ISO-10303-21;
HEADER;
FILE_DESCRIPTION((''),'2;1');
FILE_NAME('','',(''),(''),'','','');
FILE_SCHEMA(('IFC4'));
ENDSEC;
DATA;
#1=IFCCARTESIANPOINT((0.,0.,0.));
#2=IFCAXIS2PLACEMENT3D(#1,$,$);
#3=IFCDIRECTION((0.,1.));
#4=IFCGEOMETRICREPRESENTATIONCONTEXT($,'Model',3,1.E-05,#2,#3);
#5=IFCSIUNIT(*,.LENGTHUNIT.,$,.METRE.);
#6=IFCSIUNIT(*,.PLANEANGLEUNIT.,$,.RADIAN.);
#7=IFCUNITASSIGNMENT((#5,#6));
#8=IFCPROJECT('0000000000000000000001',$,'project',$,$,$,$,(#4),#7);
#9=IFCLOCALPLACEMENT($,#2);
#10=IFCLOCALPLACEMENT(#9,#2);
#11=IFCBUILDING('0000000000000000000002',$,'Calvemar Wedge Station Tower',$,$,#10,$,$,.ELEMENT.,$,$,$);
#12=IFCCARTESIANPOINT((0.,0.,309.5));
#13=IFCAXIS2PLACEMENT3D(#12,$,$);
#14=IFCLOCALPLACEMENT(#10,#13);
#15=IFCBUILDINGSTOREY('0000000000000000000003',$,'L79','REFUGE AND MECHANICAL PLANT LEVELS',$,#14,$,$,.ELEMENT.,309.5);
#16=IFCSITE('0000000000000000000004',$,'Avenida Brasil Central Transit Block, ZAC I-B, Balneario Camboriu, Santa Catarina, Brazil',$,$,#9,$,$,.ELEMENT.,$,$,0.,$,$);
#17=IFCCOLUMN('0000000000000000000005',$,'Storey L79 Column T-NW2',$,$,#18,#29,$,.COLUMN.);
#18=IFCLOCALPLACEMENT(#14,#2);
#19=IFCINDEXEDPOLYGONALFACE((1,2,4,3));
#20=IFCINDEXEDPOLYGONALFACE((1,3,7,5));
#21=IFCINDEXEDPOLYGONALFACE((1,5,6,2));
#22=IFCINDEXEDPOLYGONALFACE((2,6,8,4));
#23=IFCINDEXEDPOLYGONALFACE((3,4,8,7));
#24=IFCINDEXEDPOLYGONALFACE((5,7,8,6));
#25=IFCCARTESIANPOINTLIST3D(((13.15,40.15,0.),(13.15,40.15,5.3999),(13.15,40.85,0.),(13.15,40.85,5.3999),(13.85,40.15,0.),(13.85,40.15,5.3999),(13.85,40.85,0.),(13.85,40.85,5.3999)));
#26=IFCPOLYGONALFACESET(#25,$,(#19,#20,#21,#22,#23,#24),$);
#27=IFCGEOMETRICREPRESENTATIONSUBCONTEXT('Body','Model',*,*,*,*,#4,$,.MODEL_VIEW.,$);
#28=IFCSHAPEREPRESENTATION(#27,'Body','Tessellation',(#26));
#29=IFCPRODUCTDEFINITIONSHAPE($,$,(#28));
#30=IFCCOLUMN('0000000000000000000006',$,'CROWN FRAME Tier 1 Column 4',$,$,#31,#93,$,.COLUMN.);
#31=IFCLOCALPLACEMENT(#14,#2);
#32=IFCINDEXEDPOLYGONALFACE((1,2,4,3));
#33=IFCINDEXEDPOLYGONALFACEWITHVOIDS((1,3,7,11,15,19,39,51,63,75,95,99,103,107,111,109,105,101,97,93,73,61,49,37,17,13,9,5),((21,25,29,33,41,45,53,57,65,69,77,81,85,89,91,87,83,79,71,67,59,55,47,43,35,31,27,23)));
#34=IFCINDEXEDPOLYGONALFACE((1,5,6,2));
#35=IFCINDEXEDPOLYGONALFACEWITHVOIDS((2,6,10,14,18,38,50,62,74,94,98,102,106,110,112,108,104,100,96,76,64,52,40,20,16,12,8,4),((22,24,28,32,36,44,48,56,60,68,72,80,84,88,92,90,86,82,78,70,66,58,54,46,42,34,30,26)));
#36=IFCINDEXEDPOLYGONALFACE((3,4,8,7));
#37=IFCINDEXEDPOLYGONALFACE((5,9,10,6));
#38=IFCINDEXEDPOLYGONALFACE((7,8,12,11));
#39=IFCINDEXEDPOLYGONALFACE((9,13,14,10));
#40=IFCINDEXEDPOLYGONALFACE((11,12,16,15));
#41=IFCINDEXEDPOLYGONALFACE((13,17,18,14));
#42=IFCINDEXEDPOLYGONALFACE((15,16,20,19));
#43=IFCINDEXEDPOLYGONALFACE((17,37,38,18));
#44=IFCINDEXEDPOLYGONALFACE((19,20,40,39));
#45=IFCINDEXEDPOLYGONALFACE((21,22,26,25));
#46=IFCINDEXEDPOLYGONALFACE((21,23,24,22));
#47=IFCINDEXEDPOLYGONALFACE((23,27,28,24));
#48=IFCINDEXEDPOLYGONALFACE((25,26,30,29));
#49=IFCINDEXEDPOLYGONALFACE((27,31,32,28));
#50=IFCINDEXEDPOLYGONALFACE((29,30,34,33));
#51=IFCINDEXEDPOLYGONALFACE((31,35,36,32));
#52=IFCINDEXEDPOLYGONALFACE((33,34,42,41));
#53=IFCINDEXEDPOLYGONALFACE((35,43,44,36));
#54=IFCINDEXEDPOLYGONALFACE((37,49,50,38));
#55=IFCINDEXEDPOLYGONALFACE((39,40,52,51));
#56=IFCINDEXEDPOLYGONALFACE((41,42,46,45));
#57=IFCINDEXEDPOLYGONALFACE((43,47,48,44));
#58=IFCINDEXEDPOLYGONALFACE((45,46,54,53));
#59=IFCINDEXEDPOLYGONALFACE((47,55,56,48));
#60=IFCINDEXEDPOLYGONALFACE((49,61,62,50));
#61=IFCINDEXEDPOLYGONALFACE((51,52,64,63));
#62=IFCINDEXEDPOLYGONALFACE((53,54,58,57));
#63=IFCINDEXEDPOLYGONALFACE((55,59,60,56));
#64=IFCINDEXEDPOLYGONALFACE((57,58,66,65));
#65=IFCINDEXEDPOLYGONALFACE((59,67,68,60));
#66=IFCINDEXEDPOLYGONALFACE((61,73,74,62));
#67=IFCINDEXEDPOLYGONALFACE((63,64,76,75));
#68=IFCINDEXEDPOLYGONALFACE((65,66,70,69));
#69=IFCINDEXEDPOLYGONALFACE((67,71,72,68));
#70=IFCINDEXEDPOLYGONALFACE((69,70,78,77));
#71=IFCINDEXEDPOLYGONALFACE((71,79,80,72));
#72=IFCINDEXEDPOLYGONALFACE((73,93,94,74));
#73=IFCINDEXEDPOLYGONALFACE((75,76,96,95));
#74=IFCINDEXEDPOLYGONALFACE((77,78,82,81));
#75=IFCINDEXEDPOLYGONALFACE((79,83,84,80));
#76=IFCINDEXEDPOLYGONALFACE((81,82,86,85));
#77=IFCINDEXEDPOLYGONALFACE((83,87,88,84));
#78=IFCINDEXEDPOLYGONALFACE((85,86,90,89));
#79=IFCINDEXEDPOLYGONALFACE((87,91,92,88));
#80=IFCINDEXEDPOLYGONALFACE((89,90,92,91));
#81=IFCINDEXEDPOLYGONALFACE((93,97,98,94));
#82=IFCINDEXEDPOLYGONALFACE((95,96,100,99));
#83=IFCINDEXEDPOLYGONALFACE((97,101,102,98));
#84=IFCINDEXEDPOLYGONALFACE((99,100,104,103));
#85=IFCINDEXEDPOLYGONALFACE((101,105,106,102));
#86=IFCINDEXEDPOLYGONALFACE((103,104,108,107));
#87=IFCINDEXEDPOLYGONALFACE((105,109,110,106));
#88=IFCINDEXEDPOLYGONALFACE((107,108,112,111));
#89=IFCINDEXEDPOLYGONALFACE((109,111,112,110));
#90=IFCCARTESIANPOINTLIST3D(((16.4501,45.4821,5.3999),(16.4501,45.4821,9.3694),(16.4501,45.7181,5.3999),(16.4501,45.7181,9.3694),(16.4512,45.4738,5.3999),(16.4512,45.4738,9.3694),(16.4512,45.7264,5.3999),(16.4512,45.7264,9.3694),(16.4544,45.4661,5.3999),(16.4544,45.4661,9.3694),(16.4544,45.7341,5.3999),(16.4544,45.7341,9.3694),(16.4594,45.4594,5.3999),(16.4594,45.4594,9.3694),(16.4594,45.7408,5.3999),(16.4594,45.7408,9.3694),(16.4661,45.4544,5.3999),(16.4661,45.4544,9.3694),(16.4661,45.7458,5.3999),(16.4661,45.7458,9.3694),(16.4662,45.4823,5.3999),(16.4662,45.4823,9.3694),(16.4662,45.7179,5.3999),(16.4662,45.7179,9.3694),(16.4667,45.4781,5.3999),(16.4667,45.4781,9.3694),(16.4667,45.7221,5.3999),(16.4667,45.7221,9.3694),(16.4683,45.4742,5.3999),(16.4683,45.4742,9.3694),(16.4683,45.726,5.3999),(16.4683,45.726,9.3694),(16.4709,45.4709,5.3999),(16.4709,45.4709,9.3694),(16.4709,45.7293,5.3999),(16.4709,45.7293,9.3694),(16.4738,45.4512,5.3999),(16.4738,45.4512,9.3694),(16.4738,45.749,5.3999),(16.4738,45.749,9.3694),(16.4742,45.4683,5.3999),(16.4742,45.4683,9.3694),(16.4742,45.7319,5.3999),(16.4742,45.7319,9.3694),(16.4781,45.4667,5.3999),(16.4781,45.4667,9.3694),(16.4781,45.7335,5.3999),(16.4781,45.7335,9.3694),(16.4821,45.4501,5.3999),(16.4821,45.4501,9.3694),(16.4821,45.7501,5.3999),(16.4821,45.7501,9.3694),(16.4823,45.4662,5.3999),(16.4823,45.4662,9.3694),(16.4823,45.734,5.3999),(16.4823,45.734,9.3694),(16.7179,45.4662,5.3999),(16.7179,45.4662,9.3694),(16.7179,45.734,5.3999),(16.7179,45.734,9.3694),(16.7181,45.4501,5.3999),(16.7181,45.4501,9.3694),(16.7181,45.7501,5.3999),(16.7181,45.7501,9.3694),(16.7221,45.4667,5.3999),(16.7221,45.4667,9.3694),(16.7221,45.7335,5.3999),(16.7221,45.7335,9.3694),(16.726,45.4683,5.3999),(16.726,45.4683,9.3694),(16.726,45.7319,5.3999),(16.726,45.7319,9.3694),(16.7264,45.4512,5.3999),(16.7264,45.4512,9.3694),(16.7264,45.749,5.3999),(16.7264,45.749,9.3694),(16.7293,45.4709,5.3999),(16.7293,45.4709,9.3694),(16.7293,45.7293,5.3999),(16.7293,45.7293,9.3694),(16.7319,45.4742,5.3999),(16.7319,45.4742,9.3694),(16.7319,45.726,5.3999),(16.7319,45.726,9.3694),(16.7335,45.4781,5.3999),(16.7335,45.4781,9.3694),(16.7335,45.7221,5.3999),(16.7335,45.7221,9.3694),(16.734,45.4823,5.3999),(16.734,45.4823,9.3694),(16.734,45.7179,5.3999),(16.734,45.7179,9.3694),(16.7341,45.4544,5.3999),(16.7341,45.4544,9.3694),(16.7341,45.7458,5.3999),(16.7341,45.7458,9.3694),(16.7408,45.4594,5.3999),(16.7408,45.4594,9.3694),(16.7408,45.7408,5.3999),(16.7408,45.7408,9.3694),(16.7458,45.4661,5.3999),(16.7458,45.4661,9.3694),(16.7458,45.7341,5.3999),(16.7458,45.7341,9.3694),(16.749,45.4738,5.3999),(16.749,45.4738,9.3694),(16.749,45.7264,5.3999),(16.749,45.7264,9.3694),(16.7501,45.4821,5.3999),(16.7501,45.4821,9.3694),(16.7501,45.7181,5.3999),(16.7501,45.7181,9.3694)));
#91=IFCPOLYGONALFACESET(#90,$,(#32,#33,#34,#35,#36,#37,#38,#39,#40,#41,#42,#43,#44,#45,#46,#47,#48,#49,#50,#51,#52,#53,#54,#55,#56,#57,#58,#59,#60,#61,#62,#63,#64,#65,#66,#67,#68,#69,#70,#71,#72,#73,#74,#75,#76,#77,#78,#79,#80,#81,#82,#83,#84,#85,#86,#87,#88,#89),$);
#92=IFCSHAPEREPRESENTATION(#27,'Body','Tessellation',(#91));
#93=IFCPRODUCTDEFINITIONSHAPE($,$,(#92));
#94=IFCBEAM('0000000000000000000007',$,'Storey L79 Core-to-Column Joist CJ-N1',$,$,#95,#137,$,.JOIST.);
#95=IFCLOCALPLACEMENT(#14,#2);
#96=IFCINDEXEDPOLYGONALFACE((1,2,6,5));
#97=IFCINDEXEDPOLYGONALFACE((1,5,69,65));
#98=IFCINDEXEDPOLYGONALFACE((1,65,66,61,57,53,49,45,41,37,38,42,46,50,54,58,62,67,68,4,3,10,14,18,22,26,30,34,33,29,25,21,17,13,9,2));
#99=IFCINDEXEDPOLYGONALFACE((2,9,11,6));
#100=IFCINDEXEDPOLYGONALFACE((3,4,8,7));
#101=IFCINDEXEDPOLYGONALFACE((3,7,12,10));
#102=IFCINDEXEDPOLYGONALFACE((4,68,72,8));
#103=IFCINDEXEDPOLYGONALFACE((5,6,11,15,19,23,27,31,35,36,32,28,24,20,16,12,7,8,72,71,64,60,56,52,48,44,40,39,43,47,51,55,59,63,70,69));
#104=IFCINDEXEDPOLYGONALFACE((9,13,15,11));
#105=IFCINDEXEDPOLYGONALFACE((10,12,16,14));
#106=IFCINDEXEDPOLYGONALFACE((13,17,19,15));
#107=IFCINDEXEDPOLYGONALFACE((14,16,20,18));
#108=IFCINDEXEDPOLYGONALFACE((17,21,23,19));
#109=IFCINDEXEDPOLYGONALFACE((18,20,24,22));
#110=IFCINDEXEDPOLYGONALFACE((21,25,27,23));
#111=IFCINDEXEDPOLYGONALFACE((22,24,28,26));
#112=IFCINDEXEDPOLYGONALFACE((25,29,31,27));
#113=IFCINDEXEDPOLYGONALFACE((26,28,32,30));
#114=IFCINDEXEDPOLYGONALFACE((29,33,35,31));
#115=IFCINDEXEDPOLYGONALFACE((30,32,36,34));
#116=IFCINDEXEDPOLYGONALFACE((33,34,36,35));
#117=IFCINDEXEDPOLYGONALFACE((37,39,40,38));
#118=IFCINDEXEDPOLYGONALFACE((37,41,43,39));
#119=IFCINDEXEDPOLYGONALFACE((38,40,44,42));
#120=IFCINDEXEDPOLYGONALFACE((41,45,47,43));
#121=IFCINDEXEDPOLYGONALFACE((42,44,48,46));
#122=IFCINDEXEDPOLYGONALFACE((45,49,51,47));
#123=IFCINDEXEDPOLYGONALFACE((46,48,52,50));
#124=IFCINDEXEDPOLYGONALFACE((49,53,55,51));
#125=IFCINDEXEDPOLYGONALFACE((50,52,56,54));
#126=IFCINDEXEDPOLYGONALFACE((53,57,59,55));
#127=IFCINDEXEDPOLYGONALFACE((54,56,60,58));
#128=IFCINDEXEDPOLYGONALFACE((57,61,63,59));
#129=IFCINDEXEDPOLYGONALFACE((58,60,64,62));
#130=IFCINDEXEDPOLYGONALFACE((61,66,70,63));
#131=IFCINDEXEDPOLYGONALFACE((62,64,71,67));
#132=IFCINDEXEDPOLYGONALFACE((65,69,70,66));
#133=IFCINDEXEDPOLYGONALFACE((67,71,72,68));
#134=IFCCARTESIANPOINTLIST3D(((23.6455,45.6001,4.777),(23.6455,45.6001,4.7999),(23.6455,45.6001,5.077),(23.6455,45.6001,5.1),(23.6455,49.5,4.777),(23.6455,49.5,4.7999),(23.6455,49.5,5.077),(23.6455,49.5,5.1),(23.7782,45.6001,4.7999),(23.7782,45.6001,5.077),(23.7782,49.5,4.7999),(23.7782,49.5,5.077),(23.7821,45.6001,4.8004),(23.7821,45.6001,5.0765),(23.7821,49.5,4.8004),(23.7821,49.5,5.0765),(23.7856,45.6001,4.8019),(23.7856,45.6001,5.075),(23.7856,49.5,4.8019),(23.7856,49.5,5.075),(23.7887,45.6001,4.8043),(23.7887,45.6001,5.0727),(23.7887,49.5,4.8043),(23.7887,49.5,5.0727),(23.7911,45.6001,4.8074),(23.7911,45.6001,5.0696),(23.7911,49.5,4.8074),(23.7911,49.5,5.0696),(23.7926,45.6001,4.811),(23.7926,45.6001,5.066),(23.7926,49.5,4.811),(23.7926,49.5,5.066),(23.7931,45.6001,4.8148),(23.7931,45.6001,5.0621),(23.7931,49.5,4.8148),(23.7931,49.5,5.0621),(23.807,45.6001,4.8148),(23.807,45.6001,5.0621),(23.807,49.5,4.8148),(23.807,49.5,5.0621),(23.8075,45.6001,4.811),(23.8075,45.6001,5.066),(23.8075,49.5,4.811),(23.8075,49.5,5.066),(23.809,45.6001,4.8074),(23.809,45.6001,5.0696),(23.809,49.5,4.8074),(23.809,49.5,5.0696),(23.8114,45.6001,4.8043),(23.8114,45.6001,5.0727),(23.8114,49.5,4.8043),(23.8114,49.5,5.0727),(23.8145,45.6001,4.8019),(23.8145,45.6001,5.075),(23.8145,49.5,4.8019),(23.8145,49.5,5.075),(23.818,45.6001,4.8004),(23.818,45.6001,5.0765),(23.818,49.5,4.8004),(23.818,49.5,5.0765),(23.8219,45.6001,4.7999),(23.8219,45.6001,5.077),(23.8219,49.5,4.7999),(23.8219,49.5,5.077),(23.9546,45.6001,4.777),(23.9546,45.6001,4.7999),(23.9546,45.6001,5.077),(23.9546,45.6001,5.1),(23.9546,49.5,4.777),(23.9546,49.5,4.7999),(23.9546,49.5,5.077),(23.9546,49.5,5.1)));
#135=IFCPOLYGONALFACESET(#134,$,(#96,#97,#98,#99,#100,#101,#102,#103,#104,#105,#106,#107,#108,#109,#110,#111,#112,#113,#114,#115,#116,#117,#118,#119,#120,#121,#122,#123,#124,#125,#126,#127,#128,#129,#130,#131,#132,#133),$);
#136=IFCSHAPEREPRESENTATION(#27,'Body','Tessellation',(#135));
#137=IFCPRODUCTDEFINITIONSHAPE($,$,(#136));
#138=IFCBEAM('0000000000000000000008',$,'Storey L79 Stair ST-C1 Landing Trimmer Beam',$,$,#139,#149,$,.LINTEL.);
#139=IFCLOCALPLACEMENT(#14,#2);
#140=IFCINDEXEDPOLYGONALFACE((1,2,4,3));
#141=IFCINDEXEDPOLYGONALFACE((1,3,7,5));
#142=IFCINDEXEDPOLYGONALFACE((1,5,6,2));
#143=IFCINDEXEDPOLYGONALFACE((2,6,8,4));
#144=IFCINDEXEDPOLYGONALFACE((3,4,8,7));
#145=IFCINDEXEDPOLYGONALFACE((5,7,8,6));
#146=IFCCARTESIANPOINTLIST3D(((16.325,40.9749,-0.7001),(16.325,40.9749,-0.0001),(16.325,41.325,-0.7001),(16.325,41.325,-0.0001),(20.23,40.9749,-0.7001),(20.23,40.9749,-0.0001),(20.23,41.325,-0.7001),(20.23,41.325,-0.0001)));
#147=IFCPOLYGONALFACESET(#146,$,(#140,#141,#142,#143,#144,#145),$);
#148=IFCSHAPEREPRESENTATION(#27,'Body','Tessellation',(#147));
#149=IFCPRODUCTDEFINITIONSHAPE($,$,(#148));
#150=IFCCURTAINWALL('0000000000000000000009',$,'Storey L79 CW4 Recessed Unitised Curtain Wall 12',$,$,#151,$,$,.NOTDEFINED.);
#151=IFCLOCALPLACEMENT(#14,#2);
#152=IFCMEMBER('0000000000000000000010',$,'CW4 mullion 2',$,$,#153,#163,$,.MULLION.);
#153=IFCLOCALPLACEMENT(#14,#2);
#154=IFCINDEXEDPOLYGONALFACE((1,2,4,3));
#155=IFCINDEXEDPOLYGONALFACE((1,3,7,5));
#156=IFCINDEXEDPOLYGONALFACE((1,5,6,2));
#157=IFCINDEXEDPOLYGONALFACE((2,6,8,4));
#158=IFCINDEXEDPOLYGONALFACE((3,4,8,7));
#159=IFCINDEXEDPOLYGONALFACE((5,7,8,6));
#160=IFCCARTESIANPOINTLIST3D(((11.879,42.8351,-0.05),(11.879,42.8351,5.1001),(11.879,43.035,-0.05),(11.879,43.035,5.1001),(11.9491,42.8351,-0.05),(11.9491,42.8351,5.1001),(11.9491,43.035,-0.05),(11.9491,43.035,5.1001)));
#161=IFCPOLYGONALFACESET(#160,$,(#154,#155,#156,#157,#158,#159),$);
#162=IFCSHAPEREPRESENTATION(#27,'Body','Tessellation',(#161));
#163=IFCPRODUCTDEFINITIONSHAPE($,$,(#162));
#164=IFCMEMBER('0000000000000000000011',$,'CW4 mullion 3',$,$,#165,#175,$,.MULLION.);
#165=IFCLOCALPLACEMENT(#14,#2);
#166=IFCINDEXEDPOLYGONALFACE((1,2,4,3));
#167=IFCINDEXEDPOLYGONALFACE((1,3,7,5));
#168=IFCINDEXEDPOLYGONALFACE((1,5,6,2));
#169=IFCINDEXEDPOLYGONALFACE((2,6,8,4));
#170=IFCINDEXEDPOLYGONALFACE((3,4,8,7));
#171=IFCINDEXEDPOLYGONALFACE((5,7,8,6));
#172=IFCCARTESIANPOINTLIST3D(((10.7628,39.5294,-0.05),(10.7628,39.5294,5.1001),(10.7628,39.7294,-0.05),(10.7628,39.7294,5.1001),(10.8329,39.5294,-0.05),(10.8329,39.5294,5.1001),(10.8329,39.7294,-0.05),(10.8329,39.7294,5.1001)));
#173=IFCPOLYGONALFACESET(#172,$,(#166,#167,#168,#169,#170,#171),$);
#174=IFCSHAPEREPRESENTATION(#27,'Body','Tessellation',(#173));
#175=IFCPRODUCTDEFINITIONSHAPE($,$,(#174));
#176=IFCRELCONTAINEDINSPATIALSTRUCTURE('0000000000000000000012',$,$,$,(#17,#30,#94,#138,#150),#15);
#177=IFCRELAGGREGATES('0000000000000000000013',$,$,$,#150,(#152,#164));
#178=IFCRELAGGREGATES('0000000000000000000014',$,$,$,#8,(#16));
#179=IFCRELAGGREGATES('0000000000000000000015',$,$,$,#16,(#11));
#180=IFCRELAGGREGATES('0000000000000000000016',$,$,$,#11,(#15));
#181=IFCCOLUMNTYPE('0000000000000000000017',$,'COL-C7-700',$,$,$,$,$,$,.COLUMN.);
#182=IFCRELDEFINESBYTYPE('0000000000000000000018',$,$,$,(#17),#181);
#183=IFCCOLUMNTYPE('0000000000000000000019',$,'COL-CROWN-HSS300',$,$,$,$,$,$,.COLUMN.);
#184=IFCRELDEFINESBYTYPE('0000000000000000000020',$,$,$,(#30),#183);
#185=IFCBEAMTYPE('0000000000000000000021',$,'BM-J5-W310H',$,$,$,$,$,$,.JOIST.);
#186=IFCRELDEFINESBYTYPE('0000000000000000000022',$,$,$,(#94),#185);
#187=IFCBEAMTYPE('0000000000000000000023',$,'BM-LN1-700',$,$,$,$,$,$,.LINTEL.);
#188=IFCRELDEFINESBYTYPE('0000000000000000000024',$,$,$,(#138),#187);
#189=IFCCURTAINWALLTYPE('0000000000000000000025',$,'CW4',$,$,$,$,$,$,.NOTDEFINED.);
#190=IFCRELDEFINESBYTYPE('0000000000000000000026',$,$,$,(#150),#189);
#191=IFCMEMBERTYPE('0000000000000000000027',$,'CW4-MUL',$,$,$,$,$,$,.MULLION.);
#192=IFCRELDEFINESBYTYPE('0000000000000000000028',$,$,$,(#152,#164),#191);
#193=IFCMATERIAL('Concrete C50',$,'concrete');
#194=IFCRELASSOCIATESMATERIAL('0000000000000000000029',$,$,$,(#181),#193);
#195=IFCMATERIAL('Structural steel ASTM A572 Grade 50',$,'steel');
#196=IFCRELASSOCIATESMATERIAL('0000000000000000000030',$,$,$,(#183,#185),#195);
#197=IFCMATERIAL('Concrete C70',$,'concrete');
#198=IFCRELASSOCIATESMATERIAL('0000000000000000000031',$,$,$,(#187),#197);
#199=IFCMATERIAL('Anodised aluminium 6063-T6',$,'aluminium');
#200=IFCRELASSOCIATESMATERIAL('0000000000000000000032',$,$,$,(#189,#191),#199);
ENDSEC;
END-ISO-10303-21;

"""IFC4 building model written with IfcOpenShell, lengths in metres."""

from ifc_helpers import new_model, si_unit, direction, frame, origin, origin_2d, place, context, subcontext, project, spatial, rectangle, hollow_rectangle, i_section, extrude, source, transform, mapped, material, material_profile, profile_set, type_object, element, aggregate, save


model = new_model("IFC4")

# Units and contexts
model_context = context("Model", 3, precision=1e-05, world=origin(), true_north=direction((0.0, 1.0)))
body_context = subcontext(model_context, "Body", "Model", "MODEL_VIEW")
ifc_project = project(units=[si_unit("LENGTHUNIT", "METRE"), si_unit("PLANEANGLEUNIT", "RADIAN")], contexts=[model_context])

# Site, building, storey
site_placement = place(None, origin())
site = spatial("IfcSite", under=ifc_project, at=site_placement, Name="Avenida Brasil Central Transit Block, ZAC I-B, Balneario Camboriu, Santa Catarina, Brazil", CompositionType="ELEMENT", RefElevation=0.0)
building_placement = place(site_placement, origin())
building = spatial("IfcBuilding", under=site, at=building_placement, Name="Calvemar Wedge Station Tower", CompositionType="ELEMENT")
storey_placement = place(building_placement, frame((0.0, 0.0, 309.5)))
storey = spatial("IfcBuildingStorey", under=building, at=storey_placement, Name="L79", Description="REFUGE AND MECHANICAL PLANT LEVELS", CompositionType="ELEMENT", Elevation=309.5)

# Columns
ifc_material_1 = material(Name="Concrete C50", Category="concrete")
ifc_material_profile_1 = material_profile(ifc_material_1, rectangle(XDim=0.7, YDim=0.7, at=origin_2d()), Name="RC700x700")
ifc_profile_set_1 = profile_set([ifc_material_profile_1], Name="Concrete C50")
column_type_1 = type_object("IfcColumnType", Name="COL-C7-700", PredefinedType="COLUMN", material=ifc_profile_set_1)
shared_shape_1 = source(origin(), body_context, "Body", "SweptSolid", [
    extrude(rectangle(XDim=0.7, YDim=0.7, at=origin_2d()), origin(), (0.0, 0.0, 1.0), 5.3999),
])
column_1_placement = place(storey_placement, frame((13.5, 40.5, 0.0), z_axis=(0.0, 0.0, 1.0), x_axis=(1.0, 0.0, 0.0)))
element("IfcColumn", 1, at=column_1_placement, inside=storey, type_object=column_type_1, Name="Storey L79 Column T-NW2", PredefinedType="COLUMN", context=body_context, shape_type="MappedRepresentation", body=[
    mapped(shared_shape_1, transform((0.0, 0.0, 0.0), scale=1.0)),
])
ifc_material_2 = material(Name="Structural steel ASTM A572 Grade 50", Category="steel")
ifc_material_profile_2 = material_profile(ifc_material_2, hollow_rectangle(XDim=0.3, YDim=0.3, WallThickness=0.0161, InnerFilletRadius=0.0161, OuterFilletRadius=0.032, at=origin_2d()), Name="HSS300x300x16")
ifc_profile_set_2 = profile_set([ifc_material_profile_2], Name="Structural steel ASTM A572 Grade 50")
column_type_2 = type_object("IfcColumnType", Name="COL-CROWN-HSS300", PredefinedType="COLUMN", material=ifc_profile_set_2)
shared_shape_2 = source(origin(), body_context, "Body", "SweptSolid", [
    extrude(hollow_rectangle(XDim=0.3, YDim=0.3, WallThickness=0.0161, InnerFilletRadius=0.0161, OuterFilletRadius=0.032, at=origin_2d()), origin(), (0.0, 0.0, 1.0), 3.9695),
])
column_2_placement = place(storey_placement, frame((16.6001, 45.6001, 5.3999), z_axis=(0.0, 0.0, 1.0), x_axis=(1.0, 0.0, 0.0)))
element("IfcColumn", 2, at=column_2_placement, inside=storey, type_object=column_type_2, Name="CROWN FRAME Tier 1 Column 4", PredefinedType="COLUMN", context=body_context, shape_type="MappedRepresentation", body=[
    mapped(shared_shape_2, transform((0.0, 0.0, 0.0), scale=1.0)),
])

# Beams
ifc_material_profile_3 = material_profile(ifc_material_2, i_section(OverallWidth=0.3091, OverallDepth=0.323, WebThickness=0.0139, FlangeThickness=0.0229, FilletRadius=0.0149, at=origin_2d()), Name="W310x143")
ifc_profile_set_3 = profile_set([ifc_material_profile_3], Name="Structural steel ASTM A572 Grade 50")
beam_type_1 = type_object("IfcBeamType", Name="BM-J5-W310H", PredefinedType="JOIST", material=ifc_profile_set_3)
shared_shape_3 = source(origin(), body_context, "Body", "SweptSolid", [
    extrude(i_section(OverallWidth=0.3091, OverallDepth=0.323, WebThickness=0.0139, FlangeThickness=0.0229, FilletRadius=0.0149, at=origin_2d()), origin(), (0.0, 0.0, 1.0), 3.8999),
])
beam_1_placement = place(storey_placement, frame((23.8, 45.6001, 4.9385), z_axis=(0.0, 1.0, 0.0), x_axis=(-1.0, 0.0, 0.0)))
element("IfcBeam", 3, at=beam_1_placement, inside=storey, type_object=beam_type_1, Name="Storey L79 Core-to-Column Joist CJ-N1", PredefinedType="JOIST", context=body_context, shape_type="MappedRepresentation", body=[
    mapped(shared_shape_3, transform((0.0, 0.0, 0.0), scale=1.0)),
])
ifc_material_3 = material(Name="Concrete C70", Category="concrete")
ifc_material_profile_4 = material_profile(ifc_material_3, rectangle(XDim=0.3501, YDim=0.7, at=origin_2d()), Name="RC350x700")
ifc_profile_set_4 = profile_set([ifc_material_profile_4], Name="Concrete C70")
beam_type_2 = type_object("IfcBeamType", Name="BM-LN1-700", PredefinedType="LINTEL", material=ifc_profile_set_4)
shared_shape_4 = source(origin(), body_context, "Body", "SweptSolid", [
    extrude(rectangle(XDim=0.3501, YDim=0.7, at=origin_2d()), origin(), (0.0, 0.0, 1.0), 3.905),
])
beam_2_placement = place(storey_placement, frame((16.325, 41.1499, -0.3501), z_axis=(1.0, 0.0, 0.0), x_axis=(0.0, 1.0, 0.0)))
element("IfcBeam", 4, at=beam_2_placement, inside=storey, type_object=beam_type_2, Name="Storey L79 Stair ST-C1 Landing Trimmer Beam", PredefinedType="LINTEL", context=body_context, shape_type="MappedRepresentation", body=[
    mapped(shared_shape_4, transform((0.0, 0.0, 0.0), scale=1.0)),
])

# Curtain wall, members
ifc_material_4 = material(Name="Anodised aluminium 6063-T6", Category="aluminium")
curtain_wall_type = type_object("IfcCurtainWallType", Name="CW4", PredefinedType="NOTDEFINED", material=ifc_material_4)
curtain_wall_placement = place(storey_placement, origin())
curtain_wall = element("IfcCurtainWall", 5, at=curtain_wall_placement, inside=storey, type_object=curtain_wall_type, Name="Storey L79 CW4 Recessed Unitised Curtain Wall 12", PredefinedType="NOTDEFINED")
ifc_material_profile_5 = material_profile(ifc_material_4, rectangle(XDim=0.0701, YDim=0.2, at=origin_2d()), Name="AL-MUL-70x200")
ifc_profile_set_5 = profile_set([ifc_material_profile_5], Name="Anodised aluminium 6063-T6")
member_type = type_object("IfcMemberType", Name="CW4-MUL", PredefinedType="MULLION", material=ifc_profile_set_5)
shared_shape_5 = source(origin(), body_context, "Body", "SweptSolid", [
    extrude(rectangle(XDim=0.0701, YDim=0.2, at=origin_2d()), origin(), (0.0, 0.0, 1.0), 5.1501),
])
member_1_placement = place(storey_placement, frame((11.9141, 42.9351, -0.05), z_axis=(0.0, 0.0, 1.0), x_axis=(1.0, 0.0, 0.0)))
member_1 = element("IfcMember", 6, at=member_1_placement, type_object=member_type, Name="CW4 mullion 2", PredefinedType="MULLION", context=body_context, shape_type="MappedRepresentation", body=[
    mapped(shared_shape_5, transform((0.0, 0.0, 0.0), scale=1.0)),
])
member_2_placement = place(storey_placement, frame((10.7979, 39.6294, -0.05), z_axis=(0.0, 0.0, 1.0), x_axis=(1.0, 0.0, 0.0)))
member_2 = element("IfcMember", 7, at=member_2_placement, type_object=member_type, Name="CW4 mullion 3", PredefinedType="MULLION", context=body_context, shape_type="MappedRepresentation", body=[
    mapped(shared_shape_5, transform((0.0, 0.0, 0.0), scale=1.0)),
])
aggregate(curtain_wall, [member_1, member_2])

save(model, "model.ifc")
